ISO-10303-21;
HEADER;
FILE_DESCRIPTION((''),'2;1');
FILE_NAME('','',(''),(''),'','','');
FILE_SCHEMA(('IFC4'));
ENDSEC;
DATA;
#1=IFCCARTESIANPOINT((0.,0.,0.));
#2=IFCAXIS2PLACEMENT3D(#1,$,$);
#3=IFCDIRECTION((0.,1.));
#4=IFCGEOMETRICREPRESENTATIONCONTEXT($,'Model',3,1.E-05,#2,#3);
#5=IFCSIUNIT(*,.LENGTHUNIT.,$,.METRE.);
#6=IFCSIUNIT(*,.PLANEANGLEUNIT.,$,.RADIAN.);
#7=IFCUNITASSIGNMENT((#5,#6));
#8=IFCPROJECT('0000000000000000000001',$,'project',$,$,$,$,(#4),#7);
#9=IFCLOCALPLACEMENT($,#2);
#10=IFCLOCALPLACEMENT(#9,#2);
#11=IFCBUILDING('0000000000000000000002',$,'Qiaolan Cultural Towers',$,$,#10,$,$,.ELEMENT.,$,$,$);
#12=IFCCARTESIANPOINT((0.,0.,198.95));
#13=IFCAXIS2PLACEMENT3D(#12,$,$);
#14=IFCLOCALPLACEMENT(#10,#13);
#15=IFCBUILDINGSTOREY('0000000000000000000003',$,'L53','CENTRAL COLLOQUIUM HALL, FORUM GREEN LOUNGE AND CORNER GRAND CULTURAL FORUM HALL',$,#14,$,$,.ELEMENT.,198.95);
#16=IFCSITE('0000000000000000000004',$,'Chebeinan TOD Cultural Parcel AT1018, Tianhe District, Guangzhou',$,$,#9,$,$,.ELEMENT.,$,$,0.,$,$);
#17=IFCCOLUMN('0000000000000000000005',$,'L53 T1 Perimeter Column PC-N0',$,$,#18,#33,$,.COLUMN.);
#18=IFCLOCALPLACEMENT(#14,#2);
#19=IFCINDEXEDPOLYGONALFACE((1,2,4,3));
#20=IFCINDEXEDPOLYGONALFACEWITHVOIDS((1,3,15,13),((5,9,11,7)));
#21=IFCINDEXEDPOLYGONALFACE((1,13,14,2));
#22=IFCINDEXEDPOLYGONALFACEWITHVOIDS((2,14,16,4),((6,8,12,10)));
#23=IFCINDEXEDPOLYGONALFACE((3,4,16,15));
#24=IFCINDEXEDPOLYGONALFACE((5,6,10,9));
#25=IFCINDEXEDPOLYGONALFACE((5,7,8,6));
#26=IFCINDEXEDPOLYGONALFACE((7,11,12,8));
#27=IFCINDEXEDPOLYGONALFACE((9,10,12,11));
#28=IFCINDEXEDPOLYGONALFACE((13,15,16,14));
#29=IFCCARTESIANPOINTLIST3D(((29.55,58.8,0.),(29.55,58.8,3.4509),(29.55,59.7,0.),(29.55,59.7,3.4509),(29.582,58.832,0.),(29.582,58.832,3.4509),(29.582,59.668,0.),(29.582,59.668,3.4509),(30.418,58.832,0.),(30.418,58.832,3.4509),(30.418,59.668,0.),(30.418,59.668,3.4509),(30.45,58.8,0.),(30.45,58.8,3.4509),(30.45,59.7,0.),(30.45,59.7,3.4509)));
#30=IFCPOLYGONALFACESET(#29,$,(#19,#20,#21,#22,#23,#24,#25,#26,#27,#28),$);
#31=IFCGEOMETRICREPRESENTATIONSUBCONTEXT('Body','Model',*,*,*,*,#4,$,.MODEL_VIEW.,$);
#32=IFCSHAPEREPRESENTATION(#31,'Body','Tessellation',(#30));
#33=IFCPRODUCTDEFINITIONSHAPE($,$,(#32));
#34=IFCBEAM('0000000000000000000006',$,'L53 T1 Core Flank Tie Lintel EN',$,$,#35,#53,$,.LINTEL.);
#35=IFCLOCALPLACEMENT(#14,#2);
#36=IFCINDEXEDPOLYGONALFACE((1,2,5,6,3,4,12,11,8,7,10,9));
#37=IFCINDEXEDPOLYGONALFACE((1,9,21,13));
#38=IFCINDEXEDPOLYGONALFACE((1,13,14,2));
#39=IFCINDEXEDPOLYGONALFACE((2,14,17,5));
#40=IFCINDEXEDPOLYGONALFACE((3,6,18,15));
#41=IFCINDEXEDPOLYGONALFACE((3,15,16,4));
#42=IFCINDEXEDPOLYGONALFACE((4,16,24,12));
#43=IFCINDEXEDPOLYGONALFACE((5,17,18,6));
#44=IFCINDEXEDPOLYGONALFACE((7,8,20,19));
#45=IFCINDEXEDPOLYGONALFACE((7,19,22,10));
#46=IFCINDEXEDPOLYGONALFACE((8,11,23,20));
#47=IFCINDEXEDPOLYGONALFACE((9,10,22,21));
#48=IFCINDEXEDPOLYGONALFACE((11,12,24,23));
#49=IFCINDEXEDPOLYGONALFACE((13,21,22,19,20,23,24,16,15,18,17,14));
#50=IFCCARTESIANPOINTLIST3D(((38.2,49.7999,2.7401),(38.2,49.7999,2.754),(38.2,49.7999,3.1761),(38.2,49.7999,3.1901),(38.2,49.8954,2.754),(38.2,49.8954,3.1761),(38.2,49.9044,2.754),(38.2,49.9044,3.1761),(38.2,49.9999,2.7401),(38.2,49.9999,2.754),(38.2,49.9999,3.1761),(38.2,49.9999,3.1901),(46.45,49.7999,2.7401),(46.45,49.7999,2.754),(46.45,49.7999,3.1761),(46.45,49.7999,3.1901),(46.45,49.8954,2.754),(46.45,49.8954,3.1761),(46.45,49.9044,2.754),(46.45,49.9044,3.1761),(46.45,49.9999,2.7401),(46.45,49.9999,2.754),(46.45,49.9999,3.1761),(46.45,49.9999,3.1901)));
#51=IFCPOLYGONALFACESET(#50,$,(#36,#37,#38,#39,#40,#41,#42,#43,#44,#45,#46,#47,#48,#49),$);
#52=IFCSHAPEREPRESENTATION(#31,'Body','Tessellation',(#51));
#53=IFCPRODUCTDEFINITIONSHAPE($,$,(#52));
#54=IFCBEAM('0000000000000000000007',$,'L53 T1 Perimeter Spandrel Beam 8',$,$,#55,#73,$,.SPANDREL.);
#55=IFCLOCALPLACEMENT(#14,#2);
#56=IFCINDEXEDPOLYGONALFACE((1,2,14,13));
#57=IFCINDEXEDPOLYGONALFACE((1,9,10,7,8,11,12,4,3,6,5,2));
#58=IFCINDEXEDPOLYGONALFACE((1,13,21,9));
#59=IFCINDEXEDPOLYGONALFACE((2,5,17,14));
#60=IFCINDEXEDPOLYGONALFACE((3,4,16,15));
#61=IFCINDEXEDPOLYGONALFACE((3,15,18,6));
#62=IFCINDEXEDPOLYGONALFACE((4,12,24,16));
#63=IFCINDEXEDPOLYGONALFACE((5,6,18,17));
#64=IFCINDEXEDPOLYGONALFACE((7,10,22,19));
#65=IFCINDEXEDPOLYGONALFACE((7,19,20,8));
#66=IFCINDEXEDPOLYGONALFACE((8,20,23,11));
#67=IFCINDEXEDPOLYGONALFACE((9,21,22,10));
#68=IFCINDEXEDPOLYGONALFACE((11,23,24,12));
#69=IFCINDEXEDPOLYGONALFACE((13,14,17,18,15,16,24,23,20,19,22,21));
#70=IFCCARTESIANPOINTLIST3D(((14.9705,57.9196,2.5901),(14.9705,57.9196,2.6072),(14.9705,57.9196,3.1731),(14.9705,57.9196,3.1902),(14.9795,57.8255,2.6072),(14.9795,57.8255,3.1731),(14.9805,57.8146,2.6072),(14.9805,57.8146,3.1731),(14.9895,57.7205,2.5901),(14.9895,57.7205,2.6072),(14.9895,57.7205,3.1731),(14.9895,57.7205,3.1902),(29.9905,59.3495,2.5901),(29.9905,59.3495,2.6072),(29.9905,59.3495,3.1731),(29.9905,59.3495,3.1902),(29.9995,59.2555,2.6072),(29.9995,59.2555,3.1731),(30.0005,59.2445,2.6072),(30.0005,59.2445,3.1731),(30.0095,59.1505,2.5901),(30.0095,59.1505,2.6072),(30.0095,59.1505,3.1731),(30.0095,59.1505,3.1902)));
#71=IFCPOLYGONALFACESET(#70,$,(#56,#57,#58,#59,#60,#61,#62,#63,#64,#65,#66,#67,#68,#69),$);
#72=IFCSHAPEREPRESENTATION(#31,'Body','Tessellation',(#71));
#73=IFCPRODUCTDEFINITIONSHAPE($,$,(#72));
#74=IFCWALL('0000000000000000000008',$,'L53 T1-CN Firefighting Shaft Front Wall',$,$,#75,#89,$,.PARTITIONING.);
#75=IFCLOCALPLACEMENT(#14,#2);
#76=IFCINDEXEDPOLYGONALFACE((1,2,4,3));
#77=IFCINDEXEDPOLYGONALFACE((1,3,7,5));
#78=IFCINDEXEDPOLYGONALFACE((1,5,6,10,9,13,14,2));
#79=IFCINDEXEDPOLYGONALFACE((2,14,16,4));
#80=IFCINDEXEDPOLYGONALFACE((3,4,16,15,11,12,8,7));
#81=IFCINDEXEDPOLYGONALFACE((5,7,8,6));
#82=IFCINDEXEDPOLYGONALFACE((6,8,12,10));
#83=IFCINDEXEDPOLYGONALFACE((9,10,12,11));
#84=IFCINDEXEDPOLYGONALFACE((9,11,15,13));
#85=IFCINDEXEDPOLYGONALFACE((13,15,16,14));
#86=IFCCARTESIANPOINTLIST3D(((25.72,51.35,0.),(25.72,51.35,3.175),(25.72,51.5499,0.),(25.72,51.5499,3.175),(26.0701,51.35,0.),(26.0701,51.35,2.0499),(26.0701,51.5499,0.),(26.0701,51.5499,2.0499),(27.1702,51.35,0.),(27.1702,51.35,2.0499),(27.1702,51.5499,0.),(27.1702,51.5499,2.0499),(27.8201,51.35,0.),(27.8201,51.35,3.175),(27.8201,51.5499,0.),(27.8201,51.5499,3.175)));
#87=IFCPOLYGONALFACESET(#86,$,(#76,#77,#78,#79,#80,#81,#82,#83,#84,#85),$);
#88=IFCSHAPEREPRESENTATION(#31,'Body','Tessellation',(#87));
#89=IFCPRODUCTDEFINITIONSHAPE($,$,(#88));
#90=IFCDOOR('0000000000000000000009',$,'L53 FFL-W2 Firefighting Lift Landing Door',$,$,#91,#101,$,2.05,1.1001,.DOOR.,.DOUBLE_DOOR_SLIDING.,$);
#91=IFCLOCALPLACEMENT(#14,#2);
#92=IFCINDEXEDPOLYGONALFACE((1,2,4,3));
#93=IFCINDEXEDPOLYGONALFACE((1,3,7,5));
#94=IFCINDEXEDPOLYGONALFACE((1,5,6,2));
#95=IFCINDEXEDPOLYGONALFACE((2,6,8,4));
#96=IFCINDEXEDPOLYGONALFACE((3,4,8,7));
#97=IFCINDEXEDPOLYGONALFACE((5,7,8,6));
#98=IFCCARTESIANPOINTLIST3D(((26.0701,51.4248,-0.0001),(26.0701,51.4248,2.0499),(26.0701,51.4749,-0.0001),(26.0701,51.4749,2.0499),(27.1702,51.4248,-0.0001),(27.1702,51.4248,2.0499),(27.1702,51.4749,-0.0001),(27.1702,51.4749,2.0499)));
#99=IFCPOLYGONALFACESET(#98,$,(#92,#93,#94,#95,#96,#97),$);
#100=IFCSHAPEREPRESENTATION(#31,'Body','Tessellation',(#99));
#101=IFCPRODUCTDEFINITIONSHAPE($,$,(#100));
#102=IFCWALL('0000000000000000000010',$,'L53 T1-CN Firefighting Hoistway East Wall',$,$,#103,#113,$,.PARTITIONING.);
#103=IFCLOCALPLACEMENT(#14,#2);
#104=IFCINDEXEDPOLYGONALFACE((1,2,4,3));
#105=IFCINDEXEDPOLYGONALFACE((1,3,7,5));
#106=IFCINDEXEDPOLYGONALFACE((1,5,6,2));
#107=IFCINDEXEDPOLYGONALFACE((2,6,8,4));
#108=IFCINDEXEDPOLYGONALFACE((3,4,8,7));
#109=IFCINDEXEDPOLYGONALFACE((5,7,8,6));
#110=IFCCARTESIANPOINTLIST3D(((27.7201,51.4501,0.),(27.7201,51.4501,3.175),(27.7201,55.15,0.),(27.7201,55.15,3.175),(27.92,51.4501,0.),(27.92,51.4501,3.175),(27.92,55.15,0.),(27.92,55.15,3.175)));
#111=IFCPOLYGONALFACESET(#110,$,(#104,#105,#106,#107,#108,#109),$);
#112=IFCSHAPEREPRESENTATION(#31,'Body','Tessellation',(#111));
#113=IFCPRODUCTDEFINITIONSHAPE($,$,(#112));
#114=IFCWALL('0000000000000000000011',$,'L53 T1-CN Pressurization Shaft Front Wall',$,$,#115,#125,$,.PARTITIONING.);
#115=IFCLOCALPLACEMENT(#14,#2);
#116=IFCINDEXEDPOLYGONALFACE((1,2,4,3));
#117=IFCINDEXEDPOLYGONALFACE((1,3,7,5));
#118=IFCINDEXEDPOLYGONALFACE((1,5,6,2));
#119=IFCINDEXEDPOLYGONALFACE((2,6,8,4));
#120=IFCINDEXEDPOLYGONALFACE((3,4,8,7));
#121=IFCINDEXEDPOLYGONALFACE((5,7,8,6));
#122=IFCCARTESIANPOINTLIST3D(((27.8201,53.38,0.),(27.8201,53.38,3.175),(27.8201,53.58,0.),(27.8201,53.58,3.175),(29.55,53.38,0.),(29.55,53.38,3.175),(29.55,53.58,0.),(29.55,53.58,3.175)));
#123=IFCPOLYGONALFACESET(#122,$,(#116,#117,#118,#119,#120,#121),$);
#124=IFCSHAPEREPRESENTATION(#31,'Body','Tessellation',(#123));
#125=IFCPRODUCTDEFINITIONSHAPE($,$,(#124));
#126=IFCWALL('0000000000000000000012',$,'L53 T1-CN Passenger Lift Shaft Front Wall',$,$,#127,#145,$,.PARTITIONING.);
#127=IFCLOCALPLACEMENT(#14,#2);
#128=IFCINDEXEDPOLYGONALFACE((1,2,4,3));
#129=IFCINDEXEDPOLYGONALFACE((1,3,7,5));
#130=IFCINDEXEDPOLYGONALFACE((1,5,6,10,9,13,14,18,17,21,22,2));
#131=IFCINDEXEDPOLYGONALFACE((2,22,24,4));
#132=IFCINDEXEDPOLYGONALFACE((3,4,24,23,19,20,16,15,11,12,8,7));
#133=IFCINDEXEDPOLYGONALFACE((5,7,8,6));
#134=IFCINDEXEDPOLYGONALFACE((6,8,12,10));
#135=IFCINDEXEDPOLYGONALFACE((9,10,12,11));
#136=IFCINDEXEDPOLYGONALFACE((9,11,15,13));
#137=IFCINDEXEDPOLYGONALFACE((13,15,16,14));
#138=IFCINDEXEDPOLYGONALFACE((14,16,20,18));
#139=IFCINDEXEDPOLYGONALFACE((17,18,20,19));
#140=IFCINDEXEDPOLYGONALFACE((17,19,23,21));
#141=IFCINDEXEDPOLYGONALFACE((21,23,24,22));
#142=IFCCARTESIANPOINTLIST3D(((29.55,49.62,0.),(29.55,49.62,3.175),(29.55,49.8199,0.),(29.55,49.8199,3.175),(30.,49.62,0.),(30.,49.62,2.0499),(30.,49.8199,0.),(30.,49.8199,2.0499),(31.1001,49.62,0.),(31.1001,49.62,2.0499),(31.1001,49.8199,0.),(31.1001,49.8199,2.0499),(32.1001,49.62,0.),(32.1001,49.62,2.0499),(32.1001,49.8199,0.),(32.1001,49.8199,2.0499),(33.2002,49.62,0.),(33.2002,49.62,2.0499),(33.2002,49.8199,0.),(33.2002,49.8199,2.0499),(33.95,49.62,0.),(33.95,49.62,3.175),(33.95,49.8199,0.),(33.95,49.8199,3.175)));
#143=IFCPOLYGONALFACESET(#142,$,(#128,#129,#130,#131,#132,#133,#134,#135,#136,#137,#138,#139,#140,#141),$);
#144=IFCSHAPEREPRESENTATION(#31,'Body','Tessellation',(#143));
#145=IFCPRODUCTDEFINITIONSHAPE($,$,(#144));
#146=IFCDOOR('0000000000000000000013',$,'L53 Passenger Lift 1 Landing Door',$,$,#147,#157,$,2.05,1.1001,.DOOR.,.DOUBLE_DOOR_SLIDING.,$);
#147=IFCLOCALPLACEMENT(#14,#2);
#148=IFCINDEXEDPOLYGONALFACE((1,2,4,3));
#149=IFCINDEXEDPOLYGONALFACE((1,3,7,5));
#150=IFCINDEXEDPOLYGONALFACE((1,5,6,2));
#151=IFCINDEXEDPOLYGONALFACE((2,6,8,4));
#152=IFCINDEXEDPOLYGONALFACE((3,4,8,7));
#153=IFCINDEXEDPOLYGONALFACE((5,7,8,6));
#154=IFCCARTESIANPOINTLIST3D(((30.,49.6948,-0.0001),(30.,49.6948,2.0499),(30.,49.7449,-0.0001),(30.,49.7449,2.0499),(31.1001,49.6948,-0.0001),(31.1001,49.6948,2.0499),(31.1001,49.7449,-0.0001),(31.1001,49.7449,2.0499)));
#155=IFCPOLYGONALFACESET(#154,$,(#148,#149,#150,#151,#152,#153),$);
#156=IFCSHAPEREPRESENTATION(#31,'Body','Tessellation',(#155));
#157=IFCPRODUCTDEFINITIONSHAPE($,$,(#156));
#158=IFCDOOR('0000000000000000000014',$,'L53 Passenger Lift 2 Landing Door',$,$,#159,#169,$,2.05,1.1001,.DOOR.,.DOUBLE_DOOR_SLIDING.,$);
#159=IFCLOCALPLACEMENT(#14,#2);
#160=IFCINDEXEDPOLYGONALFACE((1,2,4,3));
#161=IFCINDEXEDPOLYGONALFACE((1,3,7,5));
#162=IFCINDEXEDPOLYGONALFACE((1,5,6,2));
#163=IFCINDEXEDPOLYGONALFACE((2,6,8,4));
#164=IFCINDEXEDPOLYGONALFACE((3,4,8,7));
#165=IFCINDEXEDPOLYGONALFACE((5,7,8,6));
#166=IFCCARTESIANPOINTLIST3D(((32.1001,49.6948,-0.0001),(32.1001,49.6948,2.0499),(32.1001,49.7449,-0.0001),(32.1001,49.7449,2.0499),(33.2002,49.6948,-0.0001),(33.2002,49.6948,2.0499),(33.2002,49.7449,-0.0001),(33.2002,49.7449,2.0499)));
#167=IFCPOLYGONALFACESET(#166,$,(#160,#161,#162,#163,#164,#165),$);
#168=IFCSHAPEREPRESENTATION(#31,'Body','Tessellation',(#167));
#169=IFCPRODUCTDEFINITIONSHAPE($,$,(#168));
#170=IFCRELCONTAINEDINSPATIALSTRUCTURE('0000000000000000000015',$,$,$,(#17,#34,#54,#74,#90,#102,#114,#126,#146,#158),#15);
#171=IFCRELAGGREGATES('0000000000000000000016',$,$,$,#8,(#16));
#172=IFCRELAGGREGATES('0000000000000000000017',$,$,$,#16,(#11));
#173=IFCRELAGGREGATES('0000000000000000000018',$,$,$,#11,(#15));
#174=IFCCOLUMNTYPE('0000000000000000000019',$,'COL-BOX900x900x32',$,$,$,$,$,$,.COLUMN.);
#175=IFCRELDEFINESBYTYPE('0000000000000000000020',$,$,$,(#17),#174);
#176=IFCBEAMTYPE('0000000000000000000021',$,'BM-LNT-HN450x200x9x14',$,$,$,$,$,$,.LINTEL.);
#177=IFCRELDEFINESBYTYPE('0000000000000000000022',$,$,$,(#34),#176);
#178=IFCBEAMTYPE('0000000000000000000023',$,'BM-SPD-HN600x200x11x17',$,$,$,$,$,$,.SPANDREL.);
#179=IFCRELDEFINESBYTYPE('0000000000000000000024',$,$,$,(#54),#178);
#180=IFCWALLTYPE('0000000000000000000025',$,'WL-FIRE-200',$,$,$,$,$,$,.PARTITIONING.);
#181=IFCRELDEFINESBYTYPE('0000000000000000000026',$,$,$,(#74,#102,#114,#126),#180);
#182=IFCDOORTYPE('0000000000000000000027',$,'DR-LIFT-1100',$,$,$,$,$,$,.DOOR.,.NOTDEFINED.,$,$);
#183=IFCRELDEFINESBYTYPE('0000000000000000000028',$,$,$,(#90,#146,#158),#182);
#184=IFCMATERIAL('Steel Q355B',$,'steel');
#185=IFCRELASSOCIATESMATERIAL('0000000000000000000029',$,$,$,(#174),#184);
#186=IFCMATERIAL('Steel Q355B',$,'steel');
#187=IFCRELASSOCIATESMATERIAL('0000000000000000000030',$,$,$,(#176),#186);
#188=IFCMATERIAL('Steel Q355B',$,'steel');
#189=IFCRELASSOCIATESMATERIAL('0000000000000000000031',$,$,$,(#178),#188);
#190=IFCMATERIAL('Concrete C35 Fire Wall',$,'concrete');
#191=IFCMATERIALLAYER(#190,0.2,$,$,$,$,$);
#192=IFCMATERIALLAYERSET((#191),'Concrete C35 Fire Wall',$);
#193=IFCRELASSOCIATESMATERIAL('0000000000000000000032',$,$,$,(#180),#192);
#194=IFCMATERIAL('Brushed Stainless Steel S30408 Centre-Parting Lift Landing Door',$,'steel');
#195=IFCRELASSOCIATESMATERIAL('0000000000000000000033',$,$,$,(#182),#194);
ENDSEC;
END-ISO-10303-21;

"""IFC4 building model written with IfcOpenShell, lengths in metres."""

from ifc_helpers import new_model, si_unit, direction, frame, frame_2d, origin, origin_2d, place, context, subcontext, project, spatial, rectangle, hollow_rectangle, i_section, extrude, material, layer, layer_set, material_profile, profile_set, type_object, element, fill, save


model = new_model("IFC4")

# Units and contexts
model_context = context("Model", 3, precision=1e-05, world=origin(), true_north=direction((0.0, 1.0)))
body_context = subcontext(model_context, "Body", "Model", "MODEL_VIEW")
ifc_project = project(units=[si_unit("LENGTHUNIT", "METRE"), si_unit("PLANEANGLEUNIT", "RADIAN")], contexts=[model_context])

# Site, building, storey
site_placement = place(None, origin())
site = spatial("IfcSite", under=ifc_project, at=site_placement, Name="Chebeinan TOD Cultural Parcel AT1018, Tianhe District, Guangzhou", CompositionType="ELEMENT", RefElevation=0.0)
building_placement = place(site_placement, origin())
building = spatial("IfcBuilding", under=site, at=building_placement, Name="Qiaolan Cultural Towers", CompositionType="ELEMENT")
storey_placement = place(building_placement, frame((0.0, 0.0, 198.95)))
storey = spatial("IfcBuildingStorey", under=building, at=storey_placement, Name="L53", Description="CENTRAL COLLOQUIUM HALL, FORUM GREEN LOUNGE AND CORNER GRAND CULTURAL FORUM HALL", CompositionType="ELEMENT", Elevation=198.95)

# Column
ifc_material_1 = material(Name="Steel Q355B", Category="steel")
ifc_material_profile_1 = material_profile(ifc_material_1, hollow_rectangle(XDim=0.8999, YDim=0.8999, WallThickness=0.032, at=origin_2d()), Name="BOX900x900x32")
ifc_profile_set_1 = profile_set([ifc_material_profile_1], Name="Steel Q355B")
column_type = type_object("IfcColumnType", Name="COL-BOX900x900x32", PredefinedType="COLUMN", material=ifc_profile_set_1)
column_placement = place(storey_placement, frame((30.0, 59.25, 0.0), z_axis=(0.0, 0.0, 1.0), x_axis=(1.0, 0.0, 0.0)))
element("IfcColumn", 1, at=column_placement, inside=storey, type_object=column_type, Name="L53 T1 Perimeter Column PC-N0", PredefinedType="COLUMN", context=body_context, shape_type="SweptSolid", body=[
    extrude(hollow_rectangle(XDim=0.8999, YDim=0.8999, WallThickness=0.032, at=origin_2d()), origin(), (0.0, 0.0, 1.0), 3.4509),
])

# Beams
ifc_material_2 = material(Name="Steel Q355B", Category="steel")
ifc_material_profile_2 = material_profile(ifc_material_2, i_section(OverallWidth=0.2, OverallDepth=0.45, WebThickness=0.009, FlangeThickness=0.0139, at=origin_2d()), Name="HN450x200x9x14")
ifc_profile_set_2 = profile_set([ifc_material_profile_2], Name="Steel Q355B")
beam_type_1 = type_object("IfcBeamType", Name="BM-LNT-HN450x200x9x14", PredefinedType="LINTEL", material=ifc_profile_set_2)
beam_1_placement = place(storey_placement, frame((38.2, 49.8999, 2.9651), z_axis=(1.0, 0.0, 0.0), x_axis=(0.0, 1.0, 0.0)))
element("IfcBeam", 2, at=beam_1_placement, inside=storey, type_object=beam_type_1, Name="L53 T1 Core Flank Tie Lintel EN", PredefinedType="LINTEL", context=body_context, shape_type="SweptSolid", body=[
    extrude(i_section(OverallWidth=0.2, OverallDepth=0.45, WebThickness=0.009, FlangeThickness=0.0139, at=origin_2d()), origin(), (0.0, 0.0, 1.0), 8.25),
])
ifc_material_3 = material(Name="Steel Q355B", Category="steel")
ifc_material_profile_3 = material_profile(ifc_material_3, i_section(OverallWidth=0.2, OverallDepth=0.6001, WebThickness=0.011, FlangeThickness=0.0171, at=origin_2d()), Name="HN600x200x11x17")
ifc_profile_set_3 = profile_set([ifc_material_profile_3], Name="Steel Q355B")
beam_type_2 = type_object("IfcBeamType", Name="BM-SPD-HN600x200x11x17", PredefinedType="SPANDREL", material=ifc_profile_set_3)
beam_2_placement = place(storey_placement, frame((30.0, 59.25, 2.8901), z_axis=(-0.995499, -0.094773, 0.0), x_axis=(0.094773, -0.995499, 0.0)))
element("IfcBeam", 3, at=beam_2_placement, inside=storey, type_object=beam_type_2, Name="L53 T1 Perimeter Spandrel Beam 8", PredefinedType="SPANDREL", context=body_context, shape_type="SweptSolid", body=[
    extrude(i_section(OverallWidth=0.2, OverallDepth=0.6001, WebThickness=0.011, FlangeThickness=0.0171, at=origin_2d()), origin(), (0.0, 0.0, 1.0), 15.0879),
])

# Wall, opening, door
ifc_material_4 = material(Name="Concrete C35 Fire Wall", Category="concrete")
ifc_layer_1 = layer(ifc_material_4, 0.2)
ifc_layer_set_1 = layer_set([ifc_layer_1], Name="Concrete C35 Fire Wall")
wall_type_1 = type_object("IfcWallType", Name="WL-FIRE-200", PredefinedType="PARTITIONING", material=ifc_layer_set_1)
wall_1_placement = place(storey_placement, frame((25.72, 51.45, 0.0), z_axis=(0.0, 0.0, 1.0), x_axis=(1.0, 0.0, 0.0)))
wall_1 = element("IfcWall", 4, at=wall_1_placement, inside=storey, type_object=wall_type_1, Name="L53 T1-CN Firefighting Shaft Front Wall", PredefinedType="PARTITIONING", context=body_context, shape_type="SweptSolid", body=[
    extrude(rectangle(XDim=2.1001, YDim=0.2, at=frame_2d((1.05, 0.0))), origin(), (0.0, 0.0, 1.0), 3.175),
])
opening_1_placement = place(wall_1_placement, frame((0.3501, 0.0, 0.0)))
opening_1 = element("IfcOpeningElement", 5, at=opening_1_placement, cuts=wall_1, PredefinedType="OPENING", context=body_context, shape_type="SweptSolid", body=[
    extrude(rectangle(XDim=1.1001, YDim=2.05, at=frame_2d((0.55, 1.0249))), frame((0.0, 0.1099, 0.0), z_axis=(0.0, -1.0, 0.0), x_axis=(1.0, 0.0, 0.0)), (0.0, 0.0, 1.0), 0.22),
])
ifc_material_5 = material(Name="Brushed Stainless Steel S30408 Centre-Parting Lift Landing Door", Category="steel")
door_type = type_object("IfcDoorType", Name="DR-LIFT-1100", OperationType="NOTDEFINED", PredefinedType="DOOR", material=ifc_material_5)
door_1_placement = place(opening_1_placement, origin())
door_1 = element("IfcDoor", 6, at=door_1_placement, inside=storey, type_object=door_type, Name="L53 FFL-W2 Firefighting Lift Landing Door", OperationType="DOUBLE_DOOR_SLIDING", OverallHeight=2.05, OverallWidth=1.1001, PredefinedType="DOOR", context=body_context, shape_type="SweptSolid", body=[
    extrude(rectangle(XDim=1.1001, YDim=2.05, at=frame_2d((0.55, 1.0249))), frame((0.0, 0.0249, 0.0), z_axis=(0.0, -1.0, 0.0), x_axis=(1.0, 0.0, 0.0)), (0.0, 0.0, 1.0), 0.05),
])
fill(opening_1, door_1)

# Walls
wall_2_placement = place(storey_placement, frame((27.8201, 51.45, 0.0), z_axis=(0.0, 0.0, 1.0), x_axis=(0.0, 1.0, 0.0)))
element("IfcWall", 7, at=wall_2_placement, inside=storey, type_object=wall_type_1, Name="L53 T1-CN Firefighting Hoistway East Wall", PredefinedType="PARTITIONING", context=body_context, shape_type="SweptSolid", body=[
    extrude(rectangle(XDim=3.7, YDim=0.2, at=frame_2d((1.8501, 0.0))), origin(), (0.0, 0.0, 1.0), 3.175),
])
wall_3_placement = place(storey_placement, frame((27.8201, 53.48, 0.0), z_axis=(0.0, 0.0, 1.0), x_axis=(1.0, 0.0, 0.0)))
element("IfcWall", 8, at=wall_3_placement, inside=storey, type_object=wall_type_1, Name="L53 T1-CN Pressurization Shaft Front Wall", PredefinedType="PARTITIONING", context=body_context, shape_type="SweptSolid", body=[
    extrude(rectangle(XDim=1.73, YDim=0.2, at=frame_2d((0.865, 0.0))), origin(), (0.0, 0.0, 1.0), 3.175),
])

# Wall, openings, doors
wall_4_placement = place(storey_placement, frame((29.55, 49.72, 0.0), z_axis=(0.0, 0.0, 1.0), x_axis=(1.0, 0.0, 0.0)))
wall_4 = element("IfcWall", 9, at=wall_4_placement, inside=storey, type_object=wall_type_1, Name="L53 T1-CN Passenger Lift Shaft Front Wall", PredefinedType="PARTITIONING", context=body_context, shape_type="SweptSolid", body=[
    extrude(rectangle(XDim=4.3999, YDim=0.2, at=frame_2d((2.2, 0.0))), origin(), (0.0, 0.0, 1.0), 3.175),
])
opening_2_placement = place(wall_4_placement, frame((0.45, 0.0, 0.0)))
opening_2 = element("IfcOpeningElement", 10, at=opening_2_placement, cuts=wall_4, PredefinedType="OPENING", context=body_context, shape_type="SweptSolid", body=[
    extrude(rectangle(XDim=1.1001, YDim=2.05, at=frame_2d((0.55, 1.0249))), frame((0.0, 0.1099, 0.0), z_axis=(0.0, -1.0, 0.0), x_axis=(1.0, 0.0, 0.0)), (0.0, 0.0, 1.0), 0.22),
])
opening_3_placement = place(wall_4_placement, frame((2.55, 0.0, 0.0)))
opening_3 = element("IfcOpeningElement", 11, at=opening_3_placement, cuts=wall_4, PredefinedType="OPENING", context=body_context, shape_type="SweptSolid", body=[
    extrude(rectangle(XDim=1.1001, YDim=2.05, at=frame_2d((0.55, 1.0249))), frame((0.0, 0.1099, 0.0), z_axis=(0.0, -1.0, 0.0), x_axis=(1.0, 0.0, 0.0)), (0.0, 0.0, 1.0), 0.22),
])
door_2_placement = place(opening_2_placement, origin())
door_2 = element("IfcDoor", 12, at=door_2_placement, inside=storey, type_object=door_type, Name="L53 Passenger Lift 1 Landing Door", OperationType="DOUBLE_DOOR_SLIDING", OverallHeight=2.05, OverallWidth=1.1001, PredefinedType="DOOR", context=body_context, shape_type="SweptSolid", body=[
    extrude(rectangle(XDim=1.1001, YDim=2.05, at=frame_2d((0.55, 1.0249))), frame((0.0, 0.0249, 0.0), z_axis=(0.0, -1.0, 0.0), x_axis=(1.0, 0.0, 0.0)), (0.0, 0.0, 1.0), 0.05),
])
fill(opening_2, door_2)
door_3_placement = place(opening_3_placement, origin())
door_3 = element("IfcDoor", 13, at=door_3_placement, inside=storey, type_object=door_type, Name="L53 Passenger Lift 2 Landing Door", OperationType="DOUBLE_DOOR_SLIDING", OverallHeight=2.05, OverallWidth=1.1001, PredefinedType="DOOR", context=body_context, shape_type="SweptSolid", body=[
    extrude(rectangle(XDim=1.1001, YDim=2.05, at=frame_2d((0.55, 1.0249))), frame((0.0, 0.0249, 0.0), z_axis=(0.0, -1.0, 0.0), x_axis=(1.0, 0.0, 0.0)), (0.0, 0.0, 1.0), 0.05),
])
fill(opening_3, door_3)

save(model, "model.ifc")
